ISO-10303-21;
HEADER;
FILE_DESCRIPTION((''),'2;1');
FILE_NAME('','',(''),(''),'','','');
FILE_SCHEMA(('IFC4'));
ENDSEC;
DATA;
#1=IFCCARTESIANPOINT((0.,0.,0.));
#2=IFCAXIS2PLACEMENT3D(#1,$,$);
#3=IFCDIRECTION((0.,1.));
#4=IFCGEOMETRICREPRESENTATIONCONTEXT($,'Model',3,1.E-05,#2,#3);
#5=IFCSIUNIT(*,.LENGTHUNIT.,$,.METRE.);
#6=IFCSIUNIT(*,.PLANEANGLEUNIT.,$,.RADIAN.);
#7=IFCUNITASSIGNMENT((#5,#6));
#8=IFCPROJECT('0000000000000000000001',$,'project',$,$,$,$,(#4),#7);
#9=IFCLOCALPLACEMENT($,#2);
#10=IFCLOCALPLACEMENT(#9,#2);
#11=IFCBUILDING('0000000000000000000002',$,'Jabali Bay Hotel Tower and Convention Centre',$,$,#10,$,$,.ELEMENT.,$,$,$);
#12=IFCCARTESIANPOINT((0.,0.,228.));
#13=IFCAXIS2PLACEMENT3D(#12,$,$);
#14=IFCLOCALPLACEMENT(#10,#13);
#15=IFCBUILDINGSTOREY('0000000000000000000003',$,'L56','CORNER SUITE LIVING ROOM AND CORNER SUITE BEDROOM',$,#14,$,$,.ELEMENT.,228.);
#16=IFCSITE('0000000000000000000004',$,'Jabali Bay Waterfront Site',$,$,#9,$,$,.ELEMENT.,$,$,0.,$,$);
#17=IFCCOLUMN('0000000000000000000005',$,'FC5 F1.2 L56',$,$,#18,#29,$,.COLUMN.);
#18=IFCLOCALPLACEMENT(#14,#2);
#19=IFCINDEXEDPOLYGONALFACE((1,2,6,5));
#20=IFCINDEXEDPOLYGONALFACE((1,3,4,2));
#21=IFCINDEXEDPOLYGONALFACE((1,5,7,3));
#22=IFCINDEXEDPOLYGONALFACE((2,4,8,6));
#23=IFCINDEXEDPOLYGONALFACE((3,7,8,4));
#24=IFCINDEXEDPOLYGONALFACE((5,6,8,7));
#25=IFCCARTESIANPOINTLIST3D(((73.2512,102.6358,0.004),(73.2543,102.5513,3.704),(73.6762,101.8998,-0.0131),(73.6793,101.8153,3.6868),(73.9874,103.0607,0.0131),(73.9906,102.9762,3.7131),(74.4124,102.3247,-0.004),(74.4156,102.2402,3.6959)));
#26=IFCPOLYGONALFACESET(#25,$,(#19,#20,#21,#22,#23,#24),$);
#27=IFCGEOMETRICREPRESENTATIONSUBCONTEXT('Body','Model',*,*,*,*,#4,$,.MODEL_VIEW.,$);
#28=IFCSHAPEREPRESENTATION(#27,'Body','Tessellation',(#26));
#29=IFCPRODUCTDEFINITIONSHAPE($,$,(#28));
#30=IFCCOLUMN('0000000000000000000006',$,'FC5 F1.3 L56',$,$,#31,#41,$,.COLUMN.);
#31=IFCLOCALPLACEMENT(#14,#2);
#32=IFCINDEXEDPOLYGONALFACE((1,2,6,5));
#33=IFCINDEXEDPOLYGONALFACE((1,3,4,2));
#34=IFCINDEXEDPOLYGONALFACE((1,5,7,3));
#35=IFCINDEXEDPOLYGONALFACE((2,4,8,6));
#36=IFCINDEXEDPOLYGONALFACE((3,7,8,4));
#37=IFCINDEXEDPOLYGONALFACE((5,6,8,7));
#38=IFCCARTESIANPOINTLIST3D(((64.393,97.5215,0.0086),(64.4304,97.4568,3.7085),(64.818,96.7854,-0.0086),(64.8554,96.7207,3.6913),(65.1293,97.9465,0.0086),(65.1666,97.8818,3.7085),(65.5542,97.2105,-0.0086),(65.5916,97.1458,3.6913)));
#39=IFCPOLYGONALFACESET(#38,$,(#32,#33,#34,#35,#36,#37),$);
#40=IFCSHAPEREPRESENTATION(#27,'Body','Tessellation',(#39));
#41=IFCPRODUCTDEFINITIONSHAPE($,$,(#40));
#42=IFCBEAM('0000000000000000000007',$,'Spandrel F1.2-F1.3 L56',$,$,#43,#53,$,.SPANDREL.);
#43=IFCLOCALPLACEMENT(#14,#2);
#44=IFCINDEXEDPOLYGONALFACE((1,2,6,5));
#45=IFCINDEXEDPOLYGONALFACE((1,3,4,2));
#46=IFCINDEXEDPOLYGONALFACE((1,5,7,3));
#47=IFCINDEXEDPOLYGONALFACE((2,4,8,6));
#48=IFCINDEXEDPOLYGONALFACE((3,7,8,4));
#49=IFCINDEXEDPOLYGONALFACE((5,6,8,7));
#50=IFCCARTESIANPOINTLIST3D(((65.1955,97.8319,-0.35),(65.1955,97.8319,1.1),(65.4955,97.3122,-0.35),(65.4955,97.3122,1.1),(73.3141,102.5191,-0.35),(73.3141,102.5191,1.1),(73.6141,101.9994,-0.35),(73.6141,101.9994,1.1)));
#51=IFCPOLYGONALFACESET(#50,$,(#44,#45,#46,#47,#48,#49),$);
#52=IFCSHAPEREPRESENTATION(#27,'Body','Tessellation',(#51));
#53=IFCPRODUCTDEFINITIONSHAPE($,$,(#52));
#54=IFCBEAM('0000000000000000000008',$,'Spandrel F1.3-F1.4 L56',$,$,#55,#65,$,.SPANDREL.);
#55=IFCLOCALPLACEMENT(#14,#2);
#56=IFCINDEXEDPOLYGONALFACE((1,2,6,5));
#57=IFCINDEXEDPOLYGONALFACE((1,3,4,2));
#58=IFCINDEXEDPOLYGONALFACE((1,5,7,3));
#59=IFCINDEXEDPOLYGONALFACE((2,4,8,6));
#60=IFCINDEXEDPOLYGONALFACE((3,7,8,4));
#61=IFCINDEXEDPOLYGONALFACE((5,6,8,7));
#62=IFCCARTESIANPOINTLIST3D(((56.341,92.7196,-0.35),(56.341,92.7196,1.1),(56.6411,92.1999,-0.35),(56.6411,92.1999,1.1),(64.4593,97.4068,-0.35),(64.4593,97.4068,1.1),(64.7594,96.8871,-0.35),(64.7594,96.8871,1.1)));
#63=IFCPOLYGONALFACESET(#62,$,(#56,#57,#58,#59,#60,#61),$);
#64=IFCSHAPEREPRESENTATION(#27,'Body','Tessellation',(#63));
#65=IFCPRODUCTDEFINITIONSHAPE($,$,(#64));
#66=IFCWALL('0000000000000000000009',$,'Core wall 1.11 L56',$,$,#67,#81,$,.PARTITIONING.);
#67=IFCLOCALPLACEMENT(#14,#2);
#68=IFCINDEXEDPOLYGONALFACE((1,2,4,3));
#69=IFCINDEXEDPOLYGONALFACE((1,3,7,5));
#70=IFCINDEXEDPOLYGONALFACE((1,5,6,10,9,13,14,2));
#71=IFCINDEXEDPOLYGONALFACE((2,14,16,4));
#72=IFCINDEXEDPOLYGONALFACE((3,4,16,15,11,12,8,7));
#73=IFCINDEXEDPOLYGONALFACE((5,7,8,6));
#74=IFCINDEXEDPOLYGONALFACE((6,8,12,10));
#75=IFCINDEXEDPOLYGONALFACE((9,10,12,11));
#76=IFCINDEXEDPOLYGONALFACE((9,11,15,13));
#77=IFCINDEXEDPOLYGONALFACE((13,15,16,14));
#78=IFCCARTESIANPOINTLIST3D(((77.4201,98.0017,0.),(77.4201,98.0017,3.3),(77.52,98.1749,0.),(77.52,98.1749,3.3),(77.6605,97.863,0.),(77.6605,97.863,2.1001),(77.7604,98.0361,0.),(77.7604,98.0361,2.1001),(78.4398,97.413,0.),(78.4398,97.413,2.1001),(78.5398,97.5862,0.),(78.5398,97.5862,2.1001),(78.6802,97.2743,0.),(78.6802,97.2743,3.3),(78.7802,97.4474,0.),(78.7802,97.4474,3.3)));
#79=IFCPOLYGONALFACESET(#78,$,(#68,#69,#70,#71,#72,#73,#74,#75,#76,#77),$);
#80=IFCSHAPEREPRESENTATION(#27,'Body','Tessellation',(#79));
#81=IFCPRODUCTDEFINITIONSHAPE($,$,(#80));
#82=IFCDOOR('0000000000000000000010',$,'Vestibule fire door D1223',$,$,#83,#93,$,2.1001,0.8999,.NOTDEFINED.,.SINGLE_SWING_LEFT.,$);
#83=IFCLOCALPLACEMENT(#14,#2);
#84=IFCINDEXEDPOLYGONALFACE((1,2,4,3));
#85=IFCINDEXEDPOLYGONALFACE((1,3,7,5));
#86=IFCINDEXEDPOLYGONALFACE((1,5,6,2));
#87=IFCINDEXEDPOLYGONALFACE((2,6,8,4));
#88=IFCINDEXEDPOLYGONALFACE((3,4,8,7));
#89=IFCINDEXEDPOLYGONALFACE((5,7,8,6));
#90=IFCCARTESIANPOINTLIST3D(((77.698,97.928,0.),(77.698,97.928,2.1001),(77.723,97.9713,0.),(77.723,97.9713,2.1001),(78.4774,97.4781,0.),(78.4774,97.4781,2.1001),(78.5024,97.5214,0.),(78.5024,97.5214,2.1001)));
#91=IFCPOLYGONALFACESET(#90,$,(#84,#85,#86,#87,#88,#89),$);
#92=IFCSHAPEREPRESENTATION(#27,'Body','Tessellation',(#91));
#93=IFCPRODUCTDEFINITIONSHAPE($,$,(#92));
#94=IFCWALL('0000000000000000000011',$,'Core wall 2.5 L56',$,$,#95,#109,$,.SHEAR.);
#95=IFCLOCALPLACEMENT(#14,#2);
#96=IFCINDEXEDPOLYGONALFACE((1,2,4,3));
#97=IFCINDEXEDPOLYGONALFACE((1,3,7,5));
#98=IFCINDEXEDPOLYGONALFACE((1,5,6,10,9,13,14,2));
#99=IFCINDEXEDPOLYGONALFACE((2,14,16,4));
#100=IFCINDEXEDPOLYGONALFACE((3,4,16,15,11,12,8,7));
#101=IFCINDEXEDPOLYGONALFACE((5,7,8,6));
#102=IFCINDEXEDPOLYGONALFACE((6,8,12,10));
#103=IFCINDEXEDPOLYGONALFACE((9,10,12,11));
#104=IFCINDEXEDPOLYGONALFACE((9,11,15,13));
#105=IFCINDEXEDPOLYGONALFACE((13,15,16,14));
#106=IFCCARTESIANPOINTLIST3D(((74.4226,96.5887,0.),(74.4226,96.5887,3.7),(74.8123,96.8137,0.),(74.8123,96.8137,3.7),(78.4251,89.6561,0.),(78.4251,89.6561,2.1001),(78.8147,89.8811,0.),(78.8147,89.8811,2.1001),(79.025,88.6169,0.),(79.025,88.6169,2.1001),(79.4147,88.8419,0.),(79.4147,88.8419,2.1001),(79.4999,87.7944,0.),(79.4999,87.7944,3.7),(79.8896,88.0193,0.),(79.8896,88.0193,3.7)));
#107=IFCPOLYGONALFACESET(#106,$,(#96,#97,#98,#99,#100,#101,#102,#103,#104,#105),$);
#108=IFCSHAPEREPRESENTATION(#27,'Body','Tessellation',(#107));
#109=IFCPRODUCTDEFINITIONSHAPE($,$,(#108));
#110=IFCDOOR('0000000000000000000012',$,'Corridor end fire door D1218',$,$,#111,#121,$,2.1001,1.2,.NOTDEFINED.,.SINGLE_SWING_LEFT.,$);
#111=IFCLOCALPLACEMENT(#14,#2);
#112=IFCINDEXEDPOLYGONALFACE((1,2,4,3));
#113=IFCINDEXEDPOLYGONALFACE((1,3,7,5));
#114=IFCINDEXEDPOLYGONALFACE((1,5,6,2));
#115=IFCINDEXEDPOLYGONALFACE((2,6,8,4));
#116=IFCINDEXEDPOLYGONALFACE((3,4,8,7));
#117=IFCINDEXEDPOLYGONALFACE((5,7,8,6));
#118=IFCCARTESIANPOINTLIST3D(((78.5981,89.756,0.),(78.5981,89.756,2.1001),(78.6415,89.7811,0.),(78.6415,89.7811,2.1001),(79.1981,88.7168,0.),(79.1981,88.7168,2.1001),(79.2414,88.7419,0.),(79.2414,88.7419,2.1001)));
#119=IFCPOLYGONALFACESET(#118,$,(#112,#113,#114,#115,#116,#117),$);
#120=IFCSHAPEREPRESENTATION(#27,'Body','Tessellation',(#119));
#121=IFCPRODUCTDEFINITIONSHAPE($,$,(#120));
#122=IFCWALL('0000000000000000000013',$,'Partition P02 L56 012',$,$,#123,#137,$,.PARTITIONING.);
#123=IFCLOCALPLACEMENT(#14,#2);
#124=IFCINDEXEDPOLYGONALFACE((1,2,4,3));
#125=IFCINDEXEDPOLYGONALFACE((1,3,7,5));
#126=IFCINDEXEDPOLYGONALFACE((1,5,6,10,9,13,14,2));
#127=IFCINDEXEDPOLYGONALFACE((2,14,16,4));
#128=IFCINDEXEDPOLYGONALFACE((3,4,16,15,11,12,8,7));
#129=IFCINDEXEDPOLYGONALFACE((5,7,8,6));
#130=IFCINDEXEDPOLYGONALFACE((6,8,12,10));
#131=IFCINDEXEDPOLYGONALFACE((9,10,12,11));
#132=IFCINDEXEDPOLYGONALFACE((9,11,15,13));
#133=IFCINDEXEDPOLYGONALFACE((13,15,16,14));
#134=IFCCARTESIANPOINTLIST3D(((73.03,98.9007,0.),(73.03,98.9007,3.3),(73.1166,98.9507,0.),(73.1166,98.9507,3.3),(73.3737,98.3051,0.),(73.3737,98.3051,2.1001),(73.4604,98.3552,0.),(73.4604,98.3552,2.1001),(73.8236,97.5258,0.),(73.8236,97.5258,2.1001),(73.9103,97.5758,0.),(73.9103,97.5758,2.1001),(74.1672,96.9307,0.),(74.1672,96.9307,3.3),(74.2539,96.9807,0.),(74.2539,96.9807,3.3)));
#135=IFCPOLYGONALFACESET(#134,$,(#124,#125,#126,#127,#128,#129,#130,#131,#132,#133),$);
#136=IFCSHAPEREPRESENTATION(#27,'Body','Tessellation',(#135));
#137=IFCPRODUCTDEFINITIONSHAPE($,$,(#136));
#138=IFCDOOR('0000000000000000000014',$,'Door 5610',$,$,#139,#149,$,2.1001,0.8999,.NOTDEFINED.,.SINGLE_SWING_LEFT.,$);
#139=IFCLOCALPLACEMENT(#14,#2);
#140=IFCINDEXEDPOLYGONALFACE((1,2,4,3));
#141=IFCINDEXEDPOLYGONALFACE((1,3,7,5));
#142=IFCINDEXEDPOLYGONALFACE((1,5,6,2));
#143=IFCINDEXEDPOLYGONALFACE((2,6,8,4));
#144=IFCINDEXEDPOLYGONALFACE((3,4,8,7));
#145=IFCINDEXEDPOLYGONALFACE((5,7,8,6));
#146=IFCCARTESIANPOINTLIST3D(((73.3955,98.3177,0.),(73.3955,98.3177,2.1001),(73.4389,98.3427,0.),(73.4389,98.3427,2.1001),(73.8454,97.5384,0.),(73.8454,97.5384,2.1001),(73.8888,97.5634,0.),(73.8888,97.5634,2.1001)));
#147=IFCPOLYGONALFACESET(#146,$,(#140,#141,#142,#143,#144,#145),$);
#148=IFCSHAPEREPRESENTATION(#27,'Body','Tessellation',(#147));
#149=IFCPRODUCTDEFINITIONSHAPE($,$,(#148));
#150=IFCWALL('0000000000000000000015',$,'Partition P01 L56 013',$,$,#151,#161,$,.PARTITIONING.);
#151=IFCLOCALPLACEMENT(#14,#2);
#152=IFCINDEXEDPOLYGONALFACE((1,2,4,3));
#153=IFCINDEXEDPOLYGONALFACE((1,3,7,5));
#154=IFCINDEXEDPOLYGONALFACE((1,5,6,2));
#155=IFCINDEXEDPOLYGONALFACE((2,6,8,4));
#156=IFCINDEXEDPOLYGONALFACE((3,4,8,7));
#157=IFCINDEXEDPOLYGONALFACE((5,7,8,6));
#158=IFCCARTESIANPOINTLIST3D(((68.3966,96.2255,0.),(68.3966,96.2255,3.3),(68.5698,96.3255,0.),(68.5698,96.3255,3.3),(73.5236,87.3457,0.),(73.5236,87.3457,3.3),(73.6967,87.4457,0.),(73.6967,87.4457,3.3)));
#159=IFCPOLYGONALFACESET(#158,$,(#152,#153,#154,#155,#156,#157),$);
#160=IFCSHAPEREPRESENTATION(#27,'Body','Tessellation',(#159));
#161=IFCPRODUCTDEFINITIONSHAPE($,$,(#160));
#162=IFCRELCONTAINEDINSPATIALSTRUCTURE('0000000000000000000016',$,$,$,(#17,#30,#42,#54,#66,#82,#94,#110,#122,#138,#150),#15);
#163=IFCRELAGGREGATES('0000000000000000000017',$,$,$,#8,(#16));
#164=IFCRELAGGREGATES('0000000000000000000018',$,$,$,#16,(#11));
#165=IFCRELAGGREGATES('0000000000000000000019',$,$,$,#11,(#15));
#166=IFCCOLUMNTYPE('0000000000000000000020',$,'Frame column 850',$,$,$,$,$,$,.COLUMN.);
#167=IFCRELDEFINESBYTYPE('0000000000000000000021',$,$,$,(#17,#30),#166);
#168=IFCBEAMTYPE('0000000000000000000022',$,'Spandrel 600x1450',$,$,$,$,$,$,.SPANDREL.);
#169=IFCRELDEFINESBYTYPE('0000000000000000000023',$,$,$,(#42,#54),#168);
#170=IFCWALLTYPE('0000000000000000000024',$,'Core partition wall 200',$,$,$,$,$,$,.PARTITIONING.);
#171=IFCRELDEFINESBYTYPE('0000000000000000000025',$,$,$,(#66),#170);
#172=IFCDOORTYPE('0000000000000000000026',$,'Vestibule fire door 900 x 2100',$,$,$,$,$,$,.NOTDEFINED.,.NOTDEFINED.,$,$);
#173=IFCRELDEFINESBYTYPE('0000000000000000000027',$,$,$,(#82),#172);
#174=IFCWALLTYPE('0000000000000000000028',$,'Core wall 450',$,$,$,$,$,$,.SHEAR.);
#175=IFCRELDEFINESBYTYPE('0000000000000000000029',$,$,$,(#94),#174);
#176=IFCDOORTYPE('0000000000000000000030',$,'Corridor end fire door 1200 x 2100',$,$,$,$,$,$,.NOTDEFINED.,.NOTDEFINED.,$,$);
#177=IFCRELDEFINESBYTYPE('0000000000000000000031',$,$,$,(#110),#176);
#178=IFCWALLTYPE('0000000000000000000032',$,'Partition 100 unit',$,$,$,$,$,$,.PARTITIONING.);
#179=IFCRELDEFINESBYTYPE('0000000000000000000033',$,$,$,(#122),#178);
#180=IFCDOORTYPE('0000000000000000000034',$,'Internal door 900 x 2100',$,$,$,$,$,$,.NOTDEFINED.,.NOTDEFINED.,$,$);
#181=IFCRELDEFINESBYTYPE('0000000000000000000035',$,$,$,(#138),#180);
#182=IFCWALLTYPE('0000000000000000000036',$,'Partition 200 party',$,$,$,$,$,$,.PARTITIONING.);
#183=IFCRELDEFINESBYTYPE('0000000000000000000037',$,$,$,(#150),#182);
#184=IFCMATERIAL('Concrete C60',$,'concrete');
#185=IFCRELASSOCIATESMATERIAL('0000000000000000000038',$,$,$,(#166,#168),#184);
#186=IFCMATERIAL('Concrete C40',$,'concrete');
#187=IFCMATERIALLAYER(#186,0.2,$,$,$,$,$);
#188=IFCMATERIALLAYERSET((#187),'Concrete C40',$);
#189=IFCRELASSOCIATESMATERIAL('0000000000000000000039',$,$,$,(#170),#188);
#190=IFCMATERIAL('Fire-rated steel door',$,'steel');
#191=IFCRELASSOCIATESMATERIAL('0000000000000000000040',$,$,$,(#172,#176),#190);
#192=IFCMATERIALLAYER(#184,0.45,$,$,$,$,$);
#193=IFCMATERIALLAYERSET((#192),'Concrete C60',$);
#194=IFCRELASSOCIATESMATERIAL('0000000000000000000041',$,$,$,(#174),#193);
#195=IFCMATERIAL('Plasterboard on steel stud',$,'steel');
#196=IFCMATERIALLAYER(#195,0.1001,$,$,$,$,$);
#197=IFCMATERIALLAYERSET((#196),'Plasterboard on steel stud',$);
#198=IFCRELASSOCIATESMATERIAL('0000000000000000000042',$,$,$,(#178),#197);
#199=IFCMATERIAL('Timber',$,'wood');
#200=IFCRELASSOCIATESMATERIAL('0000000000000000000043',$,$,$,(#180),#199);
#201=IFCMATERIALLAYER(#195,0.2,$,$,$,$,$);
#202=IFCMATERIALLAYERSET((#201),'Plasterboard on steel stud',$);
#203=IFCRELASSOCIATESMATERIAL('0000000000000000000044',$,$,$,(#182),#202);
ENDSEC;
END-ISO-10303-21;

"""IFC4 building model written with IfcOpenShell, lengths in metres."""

from ifc_helpers import new_model, si_unit, direction, frame, frame_2d, origin, origin_2d, place, context, subcontext, project, spatial, rectangle, extrude, material, layer, layer_set, material_profile, profile_set, type_object, element, fill, save


model = new_model("IFC4")

# Units and contexts
model_context = context("Model", 3, precision=1e-05, world=origin(), true_north=direction((0.0, 1.0)))
body_context = subcontext(model_context, "Body", "Model", "MODEL_VIEW")
ifc_project = project(units=[si_unit("LENGTHUNIT", "METRE"), si_unit("PLANEANGLEUNIT", "RADIAN")], contexts=[model_context])

# Site, building, storey
site_placement = place(None, origin())
site = spatial("IfcSite", under=ifc_project, at=site_placement, Name="Jabali Bay Waterfront Site", CompositionType="ELEMENT", RefElevation=0.0)
building_placement = place(site_placement, origin())
building = spatial("IfcBuilding", under=site, at=building_placement, Name="Jabali Bay Hotel Tower and Convention Centre", CompositionType="ELEMENT")
storey_placement = place(building_placement, frame((0.0, 0.0, 228.0)))
storey = spatial("IfcBuildingStorey", under=building, at=storey_placement, Name="L56", Description="CORNER SUITE LIVING ROOM AND CORNER SUITE BEDROOM", CompositionType="ELEMENT", Elevation=228.0)

# Columns
ifc_material_1 = material(Name="Concrete C60", Category="concrete")
ifc_material_profile_1 = material_profile(ifc_material_1, rectangle(XDim=0.8501, YDim=0.8501, at=origin_2d()), Name="Frame column 850")
ifc_profile_set_1 = profile_set([ifc_material_profile_1], Name="Concrete C60")
column_type = type_object("IfcColumnType", Name="Frame column 850", PredefinedType="COLUMN", material=ifc_profile_set_1)
column_1_placement = place(storey_placement, frame((73.8318, 102.4802, 0.0), z_axis=(0.000858, -0.022825, 0.999739), x_axis=(0.866055, 0.499836, 0.010669)))
element("IfcColumn", 1, at=column_1_placement, inside=storey, type_object=column_type, Name="FC5 F1.2 L56", PredefinedType="COLUMN", context=body_context, shape_type="SweptSolid", body=[
    extrude(rectangle(XDim=0.8501, YDim=0.8501, at=origin_2d()), origin(), (0.0, 0.0, 1.0), 3.7009),
])
column_2_placement = place(storey_placement, frame((64.9736, 97.366, 0.0), z_axis=(0.010094, -0.017482, 0.999796), x_axis=(-0.499891, 0.865853, 0.020187)))
element("IfcColumn", 2, at=column_2_placement, inside=storey, type_object=column_type, Name="FC5 F1.3 L56", PredefinedType="COLUMN", context=body_context, shape_type="SweptSolid", body=[
    extrude(rectangle(XDim=0.8501, YDim=0.8501, at=origin_2d()), origin(), (0.0, 0.0, 1.0), 3.7007),
])

# Beams
ifc_material_profile_2 = material_profile(ifc_material_1, rectangle(XDim=0.6001, YDim=1.45, at=origin_2d()), Name="Spandrel 600x1450")
ifc_profile_set_2 = profile_set([ifc_material_profile_2], Name="Concrete C60")
beam_type = type_object("IfcBeamType", Name="Spandrel 600x1450", PredefinedType="SPANDREL", material=ifc_profile_set_2)
beam_1_placement = place(storey_placement, frame((73.4641, 102.2593, 0.375), z_axis=(-0.866028, -0.499996, 0.0), x_axis=(0.499996, -0.866028, 0.0)))
element("IfcBeam", 3, at=beam_1_placement, inside=storey, type_object=beam_type, Name="Spandrel F1.2-F1.3 L56", PredefinedType="SPANDREL", context=body_context, shape_type="SweptSolid", body=[
    extrude(rectangle(XDim=0.6001, YDim=1.45, at=origin_2d()), origin(), (0.0, 0.0, 1.0), 9.3745),
])
beam_2_placement = place(storey_placement, frame((64.6094, 97.147, 0.375), z_axis=(-0.866021, -0.500007, 0.0), x_axis=(0.500007, -0.866021, 0.0)))
element("IfcBeam", 4, at=beam_2_placement, inside=storey, type_object=beam_type, Name="Spandrel F1.3-F1.4 L56", PredefinedType="SPANDREL", context=body_context, shape_type="SweptSolid", body=[
    extrude(rectangle(XDim=0.6001, YDim=1.45, at=origin_2d()), origin(), (0.0, 0.0, 1.0), 9.3743),
])

# Walls, openings, doors
ifc_material_2 = material(Name="Concrete C40", Category="concrete")
ifc_layer_1 = layer(ifc_material_2, 0.2)
ifc_layer_set_1 = layer_set([ifc_layer_1], Name="Concrete C40")
wall_type_1 = type_object("IfcWallType", Name="Core partition wall 200", PredefinedType="PARTITIONING", material=ifc_layer_set_1)
wall_1_placement = place(storey_placement, frame((78.7302, 97.3608, 0.0), z_axis=(0.0, 0.0, 1.0), x_axis=(-0.866046, 0.499965, 0.0)))
wall_1 = element("IfcWall", 5, at=wall_1_placement, inside=storey, type_object=wall_type_1, Name="Core wall 1.11 L56", PredefinedType="PARTITIONING", context=body_context, shape_type="SweptSolid", body=[
    extrude(rectangle(XDim=1.4551, YDim=0.2, at=frame_2d((0.7275, 0.0))), origin(), (0.0, 0.0, 1.0), 3.3),
])
opening_1_placement = place(wall_1_placement, frame((0.2776, 0.0, 0.0)))
opening_1 = element("IfcOpeningElement", 6, at=opening_1_placement, cuts=wall_1, PredefinedType="OPENING", context=body_context, shape_type="SweptSolid", body=[
    extrude(rectangle(XDim=0.8999, YDim=2.1001, at=frame_2d((0.45, 1.05))), frame((0.0, 0.1104, 0.0), z_axis=(0.0, -1.0, 0.0), x_axis=(1.0, 0.0, 0.0)), (0.0, 0.0, 1.0), 0.2209),
])
ifc_material_3 = material(Name="Fire-rated steel door", Category="steel")
door_type_1 = type_object("IfcDoorType", Name="Vestibule fire door 900 x 2100", OperationType="NOTDEFINED", PredefinedType="NOTDEFINED", material=ifc_material_3)
door_1_placement = place(opening_1_placement, origin())
door_1 = element("IfcDoor", 7, at=door_1_placement, inside=storey, type_object=door_type_1, Name="Vestibule fire door D1223", OperationType="SINGLE_SWING_LEFT", OverallHeight=2.1001, OverallWidth=0.8999, PredefinedType="NOTDEFINED", context=body_context, shape_type="SweptSolid", body=[
    extrude(rectangle(XDim=0.8999, YDim=2.1001, at=frame_2d((0.45, 1.05))), frame((0.0, 0.0249, 0.0), z_axis=(0.0, -1.0, 0.0), x_axis=(1.0, 0.0, 0.0)), (0.0, 0.0, 1.0), 0.05),
])
fill(opening_1, door_1)
ifc_layer_2 = layer(ifc_material_1, 0.45)
ifc_layer_set_2 = layer_set([ifc_layer_2], Name="Concrete C60")
wall_type_2 = type_object("IfcWallType", Name="Core wall 450", PredefinedType="SHEAR", material=ifc_layer_set_2)
wall_2_placement = place(storey_placement, frame((74.6174, 96.7012, 0.0), z_axis=(0.0, 0.0, 1.0), x_axis=(0.499994, -0.866029, 0.0)))
wall_2 = element("IfcWall", 8, at=wall_2_placement, inside=storey, type_object=wall_type_2, Name="Core wall 2.5 L56", PredefinedType="SHEAR", context=body_context, shape_type="SweptSolid", body=[
    extrude(rectangle(XDim=10.1548, YDim=0.45, at=frame_2d((5.0774, 0.0))), origin(), (0.0, 0.0, 1.0), 3.7),
])
opening_2_placement = place(wall_2_placement, frame((8.0049, 0.0, 0.0)))
opening_2 = element("IfcOpeningElement", 9, at=opening_2_placement, cuts=wall_2, PredefinedType="OPENING", context=body_context, shape_type="SweptSolid", body=[
    extrude(rectangle(XDim=1.2, YDim=2.1001, at=frame_2d((0.6001, 1.05))), frame((0.0, 0.2354, 0.0), z_axis=(0.0, -1.0, 0.0), x_axis=(1.0, 0.0, 0.0)), (0.0, 0.0, 1.0), 0.4709),
])
door_type_2 = type_object("IfcDoorType", Name="Corridor end fire door 1200 x 2100", OperationType="NOTDEFINED", PredefinedType="NOTDEFINED", material=ifc_material_3)
door_2_placement = place(opening_2_placement, origin())
door_2 = element("IfcDoor", 10, at=door_2_placement, inside=storey, type_object=door_type_2, Name="Corridor end fire door D1218", OperationType="SINGLE_SWING_LEFT", OverallHeight=2.1001, OverallWidth=1.2, PredefinedType="NOTDEFINED", context=body_context, shape_type="SweptSolid", body=[
    extrude(rectangle(XDim=1.2, YDim=2.1001, at=frame_2d((0.6001, 1.05))), frame((0.0, 0.0249, 0.0), z_axis=(0.0, -1.0, 0.0), x_axis=(1.0, 0.0, 0.0)), (0.0, 0.0, 1.0), 0.05),
])
fill(opening_2, door_2)
ifc_material_4 = material(Name="Plasterboard on steel stud", Category="steel")
ifc_layer_3 = layer(ifc_material_4, 0.1001)
ifc_layer_set_3 = layer_set([ifc_layer_3], Name="Plasterboard on steel stud")
wall_type_3 = type_object("IfcWallType", Name="Partition 100 unit", PredefinedType="PARTITIONING", material=ifc_layer_set_3)
wall_3_placement = place(storey_placement, frame((74.2104, 96.9558, 0.0), z_axis=(0.0, 0.0, 1.0), x_axis=(-0.499949, 0.866055, 0.0)))
wall_3 = element("IfcWall", 11, at=wall_3_placement, inside=storey, type_object=wall_type_3, Name="Partition P02 L56 012", PredefinedType="PARTITIONING", context=body_context, shape_type="SweptSolid", body=[
    extrude(rectangle(XDim=2.2747, YDim=0.1001, at=frame_2d((1.1372, 0.0))), origin(), (0.0, 0.0, 1.0), 3.3),
])
opening_3_placement = place(wall_3_placement, frame((0.687, 0.0, 0.0)))
opening_3 = element("IfcOpeningElement", 12, at=opening_3_placement, cuts=wall_3, PredefinedType="OPENING", context=body_context, shape_type="SweptSolid", body=[
    extrude(rectangle(XDim=0.8999, YDim=2.1001, at=frame_2d((0.45, 1.05))), frame((0.0, 0.0605, 0.0), z_axis=(0.0, -1.0, 0.0), x_axis=(1.0, 0.0, 0.0)), (0.0, 0.0, 1.0), 0.1211),
])
ifc_material_5 = material(Name="Timber", Category="wood")
door_type_3 = type_object("IfcDoorType", Name="Internal door 900 x 2100", OperationType="NOTDEFINED", PredefinedType="NOTDEFINED", material=ifc_material_5)
door_3_placement = place(opening_3_placement, origin())
door_3 = element("IfcDoor", 13, at=door_3_placement, inside=storey, type_object=door_type_3, Name="Door 5610", OperationType="SINGLE_SWING_LEFT", OverallHeight=2.1001, OverallWidth=0.8999, PredefinedType="NOTDEFINED", context=body_context, shape_type="SweptSolid", body=[
    extrude(rectangle(XDim=0.8999, YDim=2.1001, at=frame_2d((0.45, 1.05))), frame((0.0, 0.0249, 0.0), z_axis=(0.0, -1.0, 0.0), x_axis=(1.0, 0.0, 0.0)), (0.0, 0.0, 1.0), 0.05),
])
fill(opening_3, door_3)

# Wall
ifc_layer_4 = layer(ifc_material_4, 0.2)
ifc_layer_set_4 = layer_set([ifc_layer_4], Name="Plasterboard on steel stud")
wall_type_4 = type_object("IfcWallType", Name="Partition 200 party", PredefinedType="PARTITIONING", material=ifc_layer_set_4)
wall_4_placement = place(storey_placement, frame((68.4832, 96.2756, 0.0), z_axis=(0.0, 0.0, 1.0), x_axis=(0.500011, -0.866019, 0.0)))
element("IfcWall", 14, at=wall_4_placement, inside=storey, type_object=wall_type_4, Name="Partition P01 L56 013", PredefinedType="PARTITIONING", context=body_context, shape_type="SweptSolid", body=[
    extrude(rectangle(XDim=10.2537, YDim=0.2, at=frame_2d((5.127, 0.0))), origin(), (0.0, 0.0, 1.0), 3.3),
])

save(model, "model.ifc")
